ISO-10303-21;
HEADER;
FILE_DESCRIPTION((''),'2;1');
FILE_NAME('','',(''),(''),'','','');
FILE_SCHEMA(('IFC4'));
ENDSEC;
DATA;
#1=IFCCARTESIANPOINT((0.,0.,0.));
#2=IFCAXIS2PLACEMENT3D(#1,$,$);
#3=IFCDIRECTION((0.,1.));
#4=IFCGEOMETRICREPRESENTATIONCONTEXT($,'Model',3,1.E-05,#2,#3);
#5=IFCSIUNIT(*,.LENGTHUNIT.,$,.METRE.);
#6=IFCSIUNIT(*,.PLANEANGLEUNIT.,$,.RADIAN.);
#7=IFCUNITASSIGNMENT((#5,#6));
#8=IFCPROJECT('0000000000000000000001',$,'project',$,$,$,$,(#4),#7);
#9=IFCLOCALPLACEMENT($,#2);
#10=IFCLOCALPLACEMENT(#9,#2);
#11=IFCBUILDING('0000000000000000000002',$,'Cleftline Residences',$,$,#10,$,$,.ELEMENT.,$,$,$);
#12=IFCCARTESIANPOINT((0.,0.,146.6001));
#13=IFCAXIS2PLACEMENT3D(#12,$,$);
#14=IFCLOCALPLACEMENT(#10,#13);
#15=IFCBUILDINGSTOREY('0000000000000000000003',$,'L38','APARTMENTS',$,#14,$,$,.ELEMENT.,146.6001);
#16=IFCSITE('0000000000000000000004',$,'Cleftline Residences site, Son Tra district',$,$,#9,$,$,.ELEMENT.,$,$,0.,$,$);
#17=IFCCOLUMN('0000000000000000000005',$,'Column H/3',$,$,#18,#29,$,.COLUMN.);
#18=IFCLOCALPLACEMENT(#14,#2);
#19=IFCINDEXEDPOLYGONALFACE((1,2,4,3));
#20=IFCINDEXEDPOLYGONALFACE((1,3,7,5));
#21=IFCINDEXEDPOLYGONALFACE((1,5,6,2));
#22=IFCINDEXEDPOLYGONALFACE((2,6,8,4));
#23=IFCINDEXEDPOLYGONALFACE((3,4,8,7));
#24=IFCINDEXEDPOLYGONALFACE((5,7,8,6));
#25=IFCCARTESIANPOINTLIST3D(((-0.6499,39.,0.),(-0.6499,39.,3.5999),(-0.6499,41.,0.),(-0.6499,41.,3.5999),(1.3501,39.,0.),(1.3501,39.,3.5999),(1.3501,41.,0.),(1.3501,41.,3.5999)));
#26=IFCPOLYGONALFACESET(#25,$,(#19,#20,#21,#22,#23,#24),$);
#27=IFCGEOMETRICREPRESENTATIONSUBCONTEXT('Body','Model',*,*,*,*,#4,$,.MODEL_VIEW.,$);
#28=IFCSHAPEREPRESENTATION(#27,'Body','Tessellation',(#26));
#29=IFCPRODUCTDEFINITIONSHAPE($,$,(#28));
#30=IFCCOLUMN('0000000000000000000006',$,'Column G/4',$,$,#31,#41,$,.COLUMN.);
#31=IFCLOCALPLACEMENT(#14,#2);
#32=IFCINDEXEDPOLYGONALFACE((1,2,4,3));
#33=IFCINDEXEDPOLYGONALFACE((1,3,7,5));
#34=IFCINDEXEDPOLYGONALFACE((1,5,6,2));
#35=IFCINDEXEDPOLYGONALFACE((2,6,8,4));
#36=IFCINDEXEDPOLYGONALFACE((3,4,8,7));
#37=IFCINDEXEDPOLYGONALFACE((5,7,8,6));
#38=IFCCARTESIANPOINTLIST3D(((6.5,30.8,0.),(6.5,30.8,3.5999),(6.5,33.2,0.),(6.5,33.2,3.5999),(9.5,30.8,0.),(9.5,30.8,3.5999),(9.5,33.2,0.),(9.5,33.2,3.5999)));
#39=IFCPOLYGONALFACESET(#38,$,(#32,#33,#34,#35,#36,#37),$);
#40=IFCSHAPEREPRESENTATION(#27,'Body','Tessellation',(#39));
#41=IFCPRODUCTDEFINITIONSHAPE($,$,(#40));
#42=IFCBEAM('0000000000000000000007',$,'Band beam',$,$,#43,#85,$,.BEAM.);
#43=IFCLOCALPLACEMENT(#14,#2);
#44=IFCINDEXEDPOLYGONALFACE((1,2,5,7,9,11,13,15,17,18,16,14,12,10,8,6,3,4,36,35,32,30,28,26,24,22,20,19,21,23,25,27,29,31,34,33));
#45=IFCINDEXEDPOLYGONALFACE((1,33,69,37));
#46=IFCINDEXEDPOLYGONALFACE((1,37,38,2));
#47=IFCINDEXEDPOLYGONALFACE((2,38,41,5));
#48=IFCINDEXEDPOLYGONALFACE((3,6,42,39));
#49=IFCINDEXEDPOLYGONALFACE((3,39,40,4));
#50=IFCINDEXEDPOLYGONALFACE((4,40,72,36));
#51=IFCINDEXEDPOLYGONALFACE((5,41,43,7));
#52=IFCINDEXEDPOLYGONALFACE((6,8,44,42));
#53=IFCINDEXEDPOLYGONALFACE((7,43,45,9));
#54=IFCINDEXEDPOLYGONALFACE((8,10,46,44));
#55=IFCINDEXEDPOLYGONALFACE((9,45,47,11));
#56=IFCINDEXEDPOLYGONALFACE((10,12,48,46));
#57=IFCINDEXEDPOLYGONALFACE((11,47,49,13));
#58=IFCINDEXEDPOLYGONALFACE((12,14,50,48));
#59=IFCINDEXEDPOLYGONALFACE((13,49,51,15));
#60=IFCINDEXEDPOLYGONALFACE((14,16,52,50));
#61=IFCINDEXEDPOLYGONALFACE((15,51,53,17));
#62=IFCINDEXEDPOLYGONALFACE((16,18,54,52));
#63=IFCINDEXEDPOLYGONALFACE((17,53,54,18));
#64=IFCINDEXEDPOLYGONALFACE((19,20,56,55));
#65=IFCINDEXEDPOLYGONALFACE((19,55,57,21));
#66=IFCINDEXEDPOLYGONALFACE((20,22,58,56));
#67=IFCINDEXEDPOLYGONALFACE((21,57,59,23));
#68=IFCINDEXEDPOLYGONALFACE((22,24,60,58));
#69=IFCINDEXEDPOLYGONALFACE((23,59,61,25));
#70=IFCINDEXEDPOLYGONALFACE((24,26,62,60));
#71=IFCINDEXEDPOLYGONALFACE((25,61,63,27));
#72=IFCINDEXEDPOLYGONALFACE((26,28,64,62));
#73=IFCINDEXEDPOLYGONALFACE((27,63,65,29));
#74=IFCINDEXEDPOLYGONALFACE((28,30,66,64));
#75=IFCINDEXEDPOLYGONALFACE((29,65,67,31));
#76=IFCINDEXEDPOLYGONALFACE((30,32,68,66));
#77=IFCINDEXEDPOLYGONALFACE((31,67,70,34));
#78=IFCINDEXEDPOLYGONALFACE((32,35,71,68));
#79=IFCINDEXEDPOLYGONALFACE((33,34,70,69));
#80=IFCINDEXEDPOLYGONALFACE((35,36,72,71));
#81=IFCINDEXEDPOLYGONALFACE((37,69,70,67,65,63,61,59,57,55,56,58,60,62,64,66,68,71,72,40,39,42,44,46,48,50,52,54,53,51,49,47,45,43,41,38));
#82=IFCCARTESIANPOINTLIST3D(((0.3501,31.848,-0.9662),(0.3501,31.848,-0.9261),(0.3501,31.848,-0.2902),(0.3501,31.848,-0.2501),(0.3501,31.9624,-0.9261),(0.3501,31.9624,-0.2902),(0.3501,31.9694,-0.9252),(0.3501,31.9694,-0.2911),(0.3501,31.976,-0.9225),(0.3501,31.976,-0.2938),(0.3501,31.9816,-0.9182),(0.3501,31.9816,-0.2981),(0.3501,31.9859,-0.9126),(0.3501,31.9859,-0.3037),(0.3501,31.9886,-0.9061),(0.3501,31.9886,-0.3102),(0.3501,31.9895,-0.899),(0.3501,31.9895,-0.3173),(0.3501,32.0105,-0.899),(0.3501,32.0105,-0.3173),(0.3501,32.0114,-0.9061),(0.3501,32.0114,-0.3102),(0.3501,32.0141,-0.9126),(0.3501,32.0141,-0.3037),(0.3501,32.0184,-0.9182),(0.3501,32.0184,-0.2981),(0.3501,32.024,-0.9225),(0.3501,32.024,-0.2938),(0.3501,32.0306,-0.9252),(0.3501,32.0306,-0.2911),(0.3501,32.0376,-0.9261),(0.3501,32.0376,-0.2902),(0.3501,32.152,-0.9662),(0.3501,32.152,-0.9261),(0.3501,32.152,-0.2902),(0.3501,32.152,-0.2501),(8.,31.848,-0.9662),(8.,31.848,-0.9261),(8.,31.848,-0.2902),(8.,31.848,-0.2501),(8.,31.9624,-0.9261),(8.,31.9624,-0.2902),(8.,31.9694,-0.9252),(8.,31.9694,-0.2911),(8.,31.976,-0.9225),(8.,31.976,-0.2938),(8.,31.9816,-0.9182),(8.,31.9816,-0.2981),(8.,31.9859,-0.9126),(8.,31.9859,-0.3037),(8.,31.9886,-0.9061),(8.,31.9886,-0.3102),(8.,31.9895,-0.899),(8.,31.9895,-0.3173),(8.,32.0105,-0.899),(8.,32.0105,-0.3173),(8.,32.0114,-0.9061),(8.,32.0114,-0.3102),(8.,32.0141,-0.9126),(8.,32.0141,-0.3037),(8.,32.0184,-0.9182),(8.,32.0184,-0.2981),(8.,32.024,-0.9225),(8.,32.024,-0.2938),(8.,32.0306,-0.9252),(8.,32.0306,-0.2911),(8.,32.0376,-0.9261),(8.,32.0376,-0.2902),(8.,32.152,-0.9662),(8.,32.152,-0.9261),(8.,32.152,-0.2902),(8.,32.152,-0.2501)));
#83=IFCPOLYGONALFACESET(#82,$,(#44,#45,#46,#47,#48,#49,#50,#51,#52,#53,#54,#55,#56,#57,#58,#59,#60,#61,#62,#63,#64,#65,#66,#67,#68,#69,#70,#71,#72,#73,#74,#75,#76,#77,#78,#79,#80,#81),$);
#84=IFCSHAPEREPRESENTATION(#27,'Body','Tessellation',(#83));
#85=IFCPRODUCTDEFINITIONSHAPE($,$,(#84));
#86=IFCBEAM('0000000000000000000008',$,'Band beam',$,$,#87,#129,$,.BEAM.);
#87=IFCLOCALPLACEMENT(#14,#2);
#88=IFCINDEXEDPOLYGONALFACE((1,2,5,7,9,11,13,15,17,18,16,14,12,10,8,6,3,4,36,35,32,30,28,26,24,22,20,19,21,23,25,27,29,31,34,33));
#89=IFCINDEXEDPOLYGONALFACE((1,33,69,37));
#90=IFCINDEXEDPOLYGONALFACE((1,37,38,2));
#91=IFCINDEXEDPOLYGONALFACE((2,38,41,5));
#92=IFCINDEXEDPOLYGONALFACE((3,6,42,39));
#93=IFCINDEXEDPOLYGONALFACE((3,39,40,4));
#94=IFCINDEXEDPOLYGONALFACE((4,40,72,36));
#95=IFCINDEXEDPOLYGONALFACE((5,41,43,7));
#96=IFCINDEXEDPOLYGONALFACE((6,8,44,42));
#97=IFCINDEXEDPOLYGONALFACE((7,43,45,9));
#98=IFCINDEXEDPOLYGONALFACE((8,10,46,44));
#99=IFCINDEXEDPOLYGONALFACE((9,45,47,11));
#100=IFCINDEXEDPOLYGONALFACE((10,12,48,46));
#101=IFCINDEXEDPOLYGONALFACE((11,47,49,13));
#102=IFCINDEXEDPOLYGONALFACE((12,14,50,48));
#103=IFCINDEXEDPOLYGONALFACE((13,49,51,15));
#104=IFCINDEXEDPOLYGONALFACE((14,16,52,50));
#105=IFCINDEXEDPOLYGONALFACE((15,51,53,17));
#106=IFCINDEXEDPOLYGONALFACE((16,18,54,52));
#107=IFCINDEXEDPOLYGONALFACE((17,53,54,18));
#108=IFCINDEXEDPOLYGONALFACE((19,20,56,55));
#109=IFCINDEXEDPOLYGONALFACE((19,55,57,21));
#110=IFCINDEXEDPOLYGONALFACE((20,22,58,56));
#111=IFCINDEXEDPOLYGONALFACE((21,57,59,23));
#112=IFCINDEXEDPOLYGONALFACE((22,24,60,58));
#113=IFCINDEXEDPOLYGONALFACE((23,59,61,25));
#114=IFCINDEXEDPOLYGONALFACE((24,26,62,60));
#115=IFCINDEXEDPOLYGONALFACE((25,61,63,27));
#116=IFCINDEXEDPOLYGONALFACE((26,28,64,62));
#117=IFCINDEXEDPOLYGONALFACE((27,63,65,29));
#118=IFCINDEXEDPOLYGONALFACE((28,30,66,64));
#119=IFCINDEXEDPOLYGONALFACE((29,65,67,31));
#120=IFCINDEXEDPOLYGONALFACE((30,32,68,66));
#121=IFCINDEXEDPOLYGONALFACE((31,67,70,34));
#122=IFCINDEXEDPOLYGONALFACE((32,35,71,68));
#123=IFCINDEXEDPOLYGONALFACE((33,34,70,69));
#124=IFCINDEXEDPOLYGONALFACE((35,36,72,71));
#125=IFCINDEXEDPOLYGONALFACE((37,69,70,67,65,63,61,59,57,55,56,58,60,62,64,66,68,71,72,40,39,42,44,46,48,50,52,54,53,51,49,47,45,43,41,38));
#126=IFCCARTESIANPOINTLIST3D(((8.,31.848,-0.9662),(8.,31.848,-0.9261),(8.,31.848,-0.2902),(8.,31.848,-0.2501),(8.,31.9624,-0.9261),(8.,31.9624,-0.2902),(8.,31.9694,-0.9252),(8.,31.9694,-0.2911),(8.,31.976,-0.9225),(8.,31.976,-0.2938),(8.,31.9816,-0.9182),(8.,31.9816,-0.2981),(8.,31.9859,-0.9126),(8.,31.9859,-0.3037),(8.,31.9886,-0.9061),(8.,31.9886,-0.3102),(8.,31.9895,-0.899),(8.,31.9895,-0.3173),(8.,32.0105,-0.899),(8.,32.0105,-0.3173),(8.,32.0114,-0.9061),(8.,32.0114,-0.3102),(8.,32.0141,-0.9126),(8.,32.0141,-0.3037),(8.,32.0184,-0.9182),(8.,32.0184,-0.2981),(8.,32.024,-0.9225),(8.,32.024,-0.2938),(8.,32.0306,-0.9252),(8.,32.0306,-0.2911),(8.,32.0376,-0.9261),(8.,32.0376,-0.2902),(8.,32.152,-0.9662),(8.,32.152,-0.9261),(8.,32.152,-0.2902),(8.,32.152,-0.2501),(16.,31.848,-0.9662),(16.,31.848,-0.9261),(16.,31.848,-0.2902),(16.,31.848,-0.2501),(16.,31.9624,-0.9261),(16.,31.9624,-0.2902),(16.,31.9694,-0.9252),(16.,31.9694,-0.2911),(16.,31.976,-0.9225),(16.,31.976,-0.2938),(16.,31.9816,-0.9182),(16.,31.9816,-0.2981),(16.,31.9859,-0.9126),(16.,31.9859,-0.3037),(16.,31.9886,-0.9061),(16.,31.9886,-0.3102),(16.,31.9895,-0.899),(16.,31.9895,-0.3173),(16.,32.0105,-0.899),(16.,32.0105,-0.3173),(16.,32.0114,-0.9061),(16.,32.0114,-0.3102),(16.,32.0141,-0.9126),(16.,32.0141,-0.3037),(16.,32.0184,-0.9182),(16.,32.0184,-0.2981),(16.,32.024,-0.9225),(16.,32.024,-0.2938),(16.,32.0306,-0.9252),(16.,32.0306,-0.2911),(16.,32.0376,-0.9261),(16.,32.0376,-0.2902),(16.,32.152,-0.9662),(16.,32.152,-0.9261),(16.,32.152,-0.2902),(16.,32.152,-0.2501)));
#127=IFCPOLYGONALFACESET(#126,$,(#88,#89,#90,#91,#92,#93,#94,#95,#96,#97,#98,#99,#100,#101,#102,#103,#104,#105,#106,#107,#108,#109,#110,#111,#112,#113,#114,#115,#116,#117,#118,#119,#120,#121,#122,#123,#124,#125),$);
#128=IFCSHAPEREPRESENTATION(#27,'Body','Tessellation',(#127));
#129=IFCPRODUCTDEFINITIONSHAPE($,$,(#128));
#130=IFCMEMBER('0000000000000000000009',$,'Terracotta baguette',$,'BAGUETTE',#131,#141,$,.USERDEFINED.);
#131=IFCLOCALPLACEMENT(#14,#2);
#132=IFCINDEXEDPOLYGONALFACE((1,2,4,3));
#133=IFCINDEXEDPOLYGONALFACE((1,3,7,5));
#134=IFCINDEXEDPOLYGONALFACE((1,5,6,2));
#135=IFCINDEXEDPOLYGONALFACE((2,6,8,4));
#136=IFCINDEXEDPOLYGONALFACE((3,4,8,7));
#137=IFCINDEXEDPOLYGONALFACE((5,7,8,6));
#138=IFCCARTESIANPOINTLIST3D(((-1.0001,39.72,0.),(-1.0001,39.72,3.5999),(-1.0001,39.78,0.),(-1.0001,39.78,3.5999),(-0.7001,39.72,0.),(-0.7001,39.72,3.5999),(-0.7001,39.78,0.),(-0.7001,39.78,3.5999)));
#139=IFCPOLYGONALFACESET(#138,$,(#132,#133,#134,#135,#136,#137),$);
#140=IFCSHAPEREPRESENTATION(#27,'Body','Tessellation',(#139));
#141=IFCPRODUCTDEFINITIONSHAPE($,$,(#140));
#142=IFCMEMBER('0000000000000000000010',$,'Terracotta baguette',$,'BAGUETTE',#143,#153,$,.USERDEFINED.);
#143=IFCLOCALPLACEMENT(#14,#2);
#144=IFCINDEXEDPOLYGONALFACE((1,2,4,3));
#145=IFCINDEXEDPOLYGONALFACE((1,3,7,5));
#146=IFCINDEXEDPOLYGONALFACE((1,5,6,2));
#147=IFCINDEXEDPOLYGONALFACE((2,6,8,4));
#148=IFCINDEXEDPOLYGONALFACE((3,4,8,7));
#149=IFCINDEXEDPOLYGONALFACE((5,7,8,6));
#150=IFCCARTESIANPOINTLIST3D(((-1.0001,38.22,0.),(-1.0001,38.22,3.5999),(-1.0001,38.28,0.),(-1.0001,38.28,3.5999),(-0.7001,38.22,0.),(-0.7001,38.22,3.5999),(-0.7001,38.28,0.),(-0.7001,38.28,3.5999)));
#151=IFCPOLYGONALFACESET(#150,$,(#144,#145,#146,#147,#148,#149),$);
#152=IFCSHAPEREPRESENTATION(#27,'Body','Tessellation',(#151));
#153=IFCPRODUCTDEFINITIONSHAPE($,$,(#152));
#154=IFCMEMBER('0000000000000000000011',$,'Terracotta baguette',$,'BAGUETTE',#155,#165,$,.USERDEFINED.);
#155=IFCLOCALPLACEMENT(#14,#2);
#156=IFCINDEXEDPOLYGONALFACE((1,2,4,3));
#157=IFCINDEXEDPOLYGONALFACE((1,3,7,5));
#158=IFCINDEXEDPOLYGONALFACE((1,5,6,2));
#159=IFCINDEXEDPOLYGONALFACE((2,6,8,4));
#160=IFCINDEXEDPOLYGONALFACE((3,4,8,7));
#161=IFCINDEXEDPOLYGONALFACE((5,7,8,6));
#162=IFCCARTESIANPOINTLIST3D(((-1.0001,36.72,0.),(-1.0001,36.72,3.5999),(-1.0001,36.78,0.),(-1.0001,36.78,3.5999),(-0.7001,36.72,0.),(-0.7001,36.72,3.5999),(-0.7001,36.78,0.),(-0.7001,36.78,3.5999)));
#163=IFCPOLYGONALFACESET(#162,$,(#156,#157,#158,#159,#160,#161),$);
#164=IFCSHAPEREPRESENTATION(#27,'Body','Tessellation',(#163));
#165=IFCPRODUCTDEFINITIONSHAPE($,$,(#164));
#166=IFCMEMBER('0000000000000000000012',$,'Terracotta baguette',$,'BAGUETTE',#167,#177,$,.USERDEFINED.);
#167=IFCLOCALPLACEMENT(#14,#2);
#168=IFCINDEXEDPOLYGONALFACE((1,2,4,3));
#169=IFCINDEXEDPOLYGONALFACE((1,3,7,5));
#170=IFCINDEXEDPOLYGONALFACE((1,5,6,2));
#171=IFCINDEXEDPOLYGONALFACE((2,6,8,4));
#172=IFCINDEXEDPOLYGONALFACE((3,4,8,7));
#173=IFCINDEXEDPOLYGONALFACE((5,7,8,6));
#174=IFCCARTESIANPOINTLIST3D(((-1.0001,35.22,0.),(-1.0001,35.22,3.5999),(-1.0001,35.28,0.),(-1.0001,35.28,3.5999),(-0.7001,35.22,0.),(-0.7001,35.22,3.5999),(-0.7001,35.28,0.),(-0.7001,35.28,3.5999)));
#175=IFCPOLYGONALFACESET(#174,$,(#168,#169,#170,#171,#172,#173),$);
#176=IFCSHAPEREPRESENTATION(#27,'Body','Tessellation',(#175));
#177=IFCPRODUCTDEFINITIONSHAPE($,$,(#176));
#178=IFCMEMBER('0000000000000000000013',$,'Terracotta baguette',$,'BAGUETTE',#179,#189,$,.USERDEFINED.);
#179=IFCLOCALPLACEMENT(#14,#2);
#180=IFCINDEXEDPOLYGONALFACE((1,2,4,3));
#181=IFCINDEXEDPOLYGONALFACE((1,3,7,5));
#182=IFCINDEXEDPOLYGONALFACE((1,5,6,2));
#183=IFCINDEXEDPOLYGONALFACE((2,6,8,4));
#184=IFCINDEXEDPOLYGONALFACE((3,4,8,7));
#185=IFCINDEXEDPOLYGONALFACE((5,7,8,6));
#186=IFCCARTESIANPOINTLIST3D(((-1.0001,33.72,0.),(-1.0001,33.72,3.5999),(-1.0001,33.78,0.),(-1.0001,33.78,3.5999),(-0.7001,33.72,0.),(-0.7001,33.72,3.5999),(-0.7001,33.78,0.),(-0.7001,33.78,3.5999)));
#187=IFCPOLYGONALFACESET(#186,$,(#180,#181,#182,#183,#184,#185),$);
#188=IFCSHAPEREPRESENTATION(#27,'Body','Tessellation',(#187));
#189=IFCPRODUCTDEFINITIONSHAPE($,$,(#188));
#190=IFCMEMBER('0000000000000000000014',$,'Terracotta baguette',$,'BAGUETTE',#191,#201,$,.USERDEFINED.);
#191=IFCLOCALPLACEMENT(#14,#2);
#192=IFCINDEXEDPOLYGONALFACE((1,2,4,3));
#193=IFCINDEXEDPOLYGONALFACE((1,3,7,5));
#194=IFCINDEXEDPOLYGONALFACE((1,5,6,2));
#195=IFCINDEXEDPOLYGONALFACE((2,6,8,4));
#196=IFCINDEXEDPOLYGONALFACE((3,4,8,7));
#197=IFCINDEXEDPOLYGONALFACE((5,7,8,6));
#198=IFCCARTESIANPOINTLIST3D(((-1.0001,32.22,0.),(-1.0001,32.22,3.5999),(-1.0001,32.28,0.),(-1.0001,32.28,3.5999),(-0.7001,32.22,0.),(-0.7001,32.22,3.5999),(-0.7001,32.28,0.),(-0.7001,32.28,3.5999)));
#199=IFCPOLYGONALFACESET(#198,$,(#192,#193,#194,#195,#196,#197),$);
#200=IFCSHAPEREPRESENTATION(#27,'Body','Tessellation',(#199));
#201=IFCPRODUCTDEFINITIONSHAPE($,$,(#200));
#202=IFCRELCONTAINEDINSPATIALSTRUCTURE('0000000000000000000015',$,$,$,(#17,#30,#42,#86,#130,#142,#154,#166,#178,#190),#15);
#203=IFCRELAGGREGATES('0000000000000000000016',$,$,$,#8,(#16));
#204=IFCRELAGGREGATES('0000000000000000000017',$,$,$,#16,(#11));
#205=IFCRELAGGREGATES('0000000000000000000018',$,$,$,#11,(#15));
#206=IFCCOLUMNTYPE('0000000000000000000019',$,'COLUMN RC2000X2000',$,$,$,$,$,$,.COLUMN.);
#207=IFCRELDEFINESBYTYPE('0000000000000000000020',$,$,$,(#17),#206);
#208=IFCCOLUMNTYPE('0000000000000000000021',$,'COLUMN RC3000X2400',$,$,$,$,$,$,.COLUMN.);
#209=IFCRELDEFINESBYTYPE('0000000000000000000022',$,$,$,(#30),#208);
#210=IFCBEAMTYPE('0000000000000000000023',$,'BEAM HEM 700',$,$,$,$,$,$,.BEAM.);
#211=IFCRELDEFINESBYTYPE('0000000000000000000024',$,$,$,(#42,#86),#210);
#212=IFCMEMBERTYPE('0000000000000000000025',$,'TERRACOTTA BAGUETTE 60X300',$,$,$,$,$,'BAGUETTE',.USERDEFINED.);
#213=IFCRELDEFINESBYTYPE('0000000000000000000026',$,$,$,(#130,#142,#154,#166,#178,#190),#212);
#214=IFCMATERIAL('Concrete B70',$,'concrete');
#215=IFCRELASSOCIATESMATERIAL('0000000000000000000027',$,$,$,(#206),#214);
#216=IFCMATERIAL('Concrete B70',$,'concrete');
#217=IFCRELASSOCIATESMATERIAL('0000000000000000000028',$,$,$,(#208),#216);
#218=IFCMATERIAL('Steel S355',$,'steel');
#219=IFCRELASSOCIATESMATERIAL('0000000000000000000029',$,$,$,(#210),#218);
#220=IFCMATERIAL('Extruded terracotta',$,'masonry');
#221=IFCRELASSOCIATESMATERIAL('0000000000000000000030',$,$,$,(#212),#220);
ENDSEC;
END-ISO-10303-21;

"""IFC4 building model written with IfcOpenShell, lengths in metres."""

from ifc_helpers import new_model, si_unit, direction, frame, origin, origin_2d, place, context, subcontext, project, spatial, rectangle, i_section, extrude, material, material_profile, profile_set, type_object, element, save


model = new_model("IFC4")

# Units and contexts
model_context = context("Model", 3, precision=1e-05, world=origin(), true_north=direction((0.0, 1.0)))
body_context = subcontext(model_context, "Body", "Model", "MODEL_VIEW")
ifc_project = project(units=[si_unit("LENGTHUNIT", "METRE"), si_unit("PLANEANGLEUNIT", "RADIAN")], contexts=[model_context])

# Site, building, storey
site_placement = place(None, origin())
site = spatial("IfcSite", under=ifc_project, at=site_placement, Name="Cleftline Residences site, Son Tra district", CompositionType="ELEMENT", RefElevation=0.0)
building_placement = place(site_placement, origin())
building = spatial("IfcBuilding", under=site, at=building_placement, Name="Cleftline Residences", CompositionType="ELEMENT")
storey_placement = place(building_placement, frame((0.0, 0.0, 146.6001)))
storey = spatial("IfcBuildingStorey", under=building, at=storey_placement, Name="L38", Description="APARTMENTS", CompositionType="ELEMENT", Elevation=146.6001)

# Columns
ifc_material_1 = material(Name="Concrete B70", Category="concrete")
ifc_material_profile_1 = material_profile(ifc_material_1, rectangle(XDim=2.0, YDim=2.0, at=origin_2d()))
ifc_profile_set_1 = profile_set([ifc_material_profile_1], Name="Concrete B70")
column_type_1 = type_object("IfcColumnType", Name="COLUMN RC2000X2000", PredefinedType="COLUMN", material=ifc_profile_set_1)
column_1_placement = place(storey_placement, frame((0.3501, 40.0, 0.0), z_axis=(0.0, 0.0, 1.0), x_axis=(1.0, 0.0, 0.0)))
element("IfcColumn", 1, at=column_1_placement, inside=storey, type_object=column_type_1, Name="Column H/3", PredefinedType="COLUMN", context=body_context, shape_type="SweptSolid", body=[
    extrude(rectangle(XDim=2.0, YDim=2.0, at=origin_2d()), origin(), (0.0, 0.0, 1.0), 3.5999),
])
ifc_material_2 = material(Name="Concrete B70", Category="concrete")
ifc_material_profile_2 = material_profile(ifc_material_2, rectangle(XDim=3.0, YDim=2.3999, at=origin_2d()))
ifc_profile_set_2 = profile_set([ifc_material_profile_2], Name="Concrete B70")
column_type_2 = type_object("IfcColumnType", Name="COLUMN RC3000X2400", PredefinedType="COLUMN", material=ifc_profile_set_2)
column_2_placement = place(storey_placement, frame((8.0, 32.0, 0.0), z_axis=(0.0, 0.0, 1.0), x_axis=(1.0, 0.0, 0.0)))
element("IfcColumn", 2, at=column_2_placement, inside=storey, type_object=column_type_2, Name="Column G/4", PredefinedType="COLUMN", context=body_context, shape_type="SweptSolid", body=[
    extrude(rectangle(XDim=3.0, YDim=2.3999, at=origin_2d()), origin(), (0.0, 0.0, 1.0), 3.5999),
])

# Beams
ifc_material_3 = material(Name="Steel S355", Category="steel")
ifc_material_profile_3 = material_profile(ifc_material_3, i_section(OverallWidth=0.304, OverallDepth=0.7161, WebThickness=0.021, FlangeThickness=0.04, FilletRadius=0.0271, at=origin_2d()))
ifc_profile_set_3 = profile_set([ifc_material_profile_3], Name="Steel S355")
beam_type = type_object("IfcBeamType", Name="BEAM HEM 700", PredefinedType="BEAM", material=ifc_profile_set_3)
beam_1_placement = place(storey_placement, frame((0.3501, 32.0, -0.6082), z_axis=(1.0, 0.0, 0.0), x_axis=(0.0, 1.0, 0.0)))
element("IfcBeam", 3, at=beam_1_placement, inside=storey, type_object=beam_type, Name="Band beam", PredefinedType="BEAM", context=body_context, shape_type="SweptSolid", body=[
    extrude(i_section(OverallWidth=0.304, OverallDepth=0.7161, WebThickness=0.021, FlangeThickness=0.04, FilletRadius=0.0271, at=origin_2d()), origin(), (0.0, 0.0, 1.0), 7.6499),
])
beam_2_placement = place(storey_placement, frame((8.0, 32.0, -0.6082), z_axis=(1.0, 0.0, 0.0), x_axis=(0.0, 1.0, 0.0)))
element("IfcBeam", 4, at=beam_2_placement, inside=storey, type_object=beam_type, Name="Band beam", PredefinedType="BEAM", context=body_context, shape_type="SweptSolid", body=[
    extrude(i_section(OverallWidth=0.304, OverallDepth=0.7161, WebThickness=0.021, FlangeThickness=0.04, FilletRadius=0.0271, at=origin_2d()), origin(), (0.0, 0.0, 1.0), 8.0),
])

# Members
ifc_material_4 = material(Name="Extruded terracotta", Category="masonry")
ifc_material_profile_4 = material_profile(ifc_material_4, rectangle(XDim=0.0601, YDim=0.3, at=origin_2d()))
ifc_profile_set_4 = profile_set([ifc_material_profile_4], Name="Extruded terracotta")
member_type = type_object("IfcMemberType", Name="TERRACOTTA BAGUETTE 60X300", ElementType="BAGUETTE", PredefinedType="USERDEFINED", material=ifc_profile_set_4)
for number, where, z_axis, x_axis, name in (
    (5, (-0.8501, 39.75, 0.0), (0.0, 0.0, 1.0), (0.0, 1.0, 0.0), "Terracotta baguette"),
    (6, (-0.8501, 38.25, 0.0), (0.0, 0.0, 1.0), (0.0, 1.0, 0.0), "Terracotta baguette"),
    (7, (-0.8501, 36.75, 0.0), (0.0, 0.0, 1.0), (0.0, 1.0, 0.0), "Terracotta baguette"),
    (8, (-0.8501, 35.25, 0.0), (0.0, 0.0, 1.0), (0.0, 1.0, 0.0), "Terracotta baguette"),
    (9, (-0.8501, 33.75, 0.0), (0.0, 0.0, 1.0), (0.0, 1.0, 0.0), "Terracotta baguette"),
    (10, (-0.8501, 32.25, 0.0), (0.0, 0.0, 1.0), (0.0, 1.0, 0.0), "Terracotta baguette"),
):
    element("IfcMember", number, at=place(storey_placement, frame(where, z_axis=z_axis, x_axis=x_axis)), inside=storey, type_object=member_type, Name=name, ObjectType="BAGUETTE", PredefinedType="USERDEFINED", context=body_context, shape_type="SweptSolid", body=[
        extrude(rectangle(XDim=0.0601, YDim=0.3, at=origin_2d()), origin(), (0.0, 0.0, 1.0), 3.5999),
    ])

save(model, "model.ifc")
